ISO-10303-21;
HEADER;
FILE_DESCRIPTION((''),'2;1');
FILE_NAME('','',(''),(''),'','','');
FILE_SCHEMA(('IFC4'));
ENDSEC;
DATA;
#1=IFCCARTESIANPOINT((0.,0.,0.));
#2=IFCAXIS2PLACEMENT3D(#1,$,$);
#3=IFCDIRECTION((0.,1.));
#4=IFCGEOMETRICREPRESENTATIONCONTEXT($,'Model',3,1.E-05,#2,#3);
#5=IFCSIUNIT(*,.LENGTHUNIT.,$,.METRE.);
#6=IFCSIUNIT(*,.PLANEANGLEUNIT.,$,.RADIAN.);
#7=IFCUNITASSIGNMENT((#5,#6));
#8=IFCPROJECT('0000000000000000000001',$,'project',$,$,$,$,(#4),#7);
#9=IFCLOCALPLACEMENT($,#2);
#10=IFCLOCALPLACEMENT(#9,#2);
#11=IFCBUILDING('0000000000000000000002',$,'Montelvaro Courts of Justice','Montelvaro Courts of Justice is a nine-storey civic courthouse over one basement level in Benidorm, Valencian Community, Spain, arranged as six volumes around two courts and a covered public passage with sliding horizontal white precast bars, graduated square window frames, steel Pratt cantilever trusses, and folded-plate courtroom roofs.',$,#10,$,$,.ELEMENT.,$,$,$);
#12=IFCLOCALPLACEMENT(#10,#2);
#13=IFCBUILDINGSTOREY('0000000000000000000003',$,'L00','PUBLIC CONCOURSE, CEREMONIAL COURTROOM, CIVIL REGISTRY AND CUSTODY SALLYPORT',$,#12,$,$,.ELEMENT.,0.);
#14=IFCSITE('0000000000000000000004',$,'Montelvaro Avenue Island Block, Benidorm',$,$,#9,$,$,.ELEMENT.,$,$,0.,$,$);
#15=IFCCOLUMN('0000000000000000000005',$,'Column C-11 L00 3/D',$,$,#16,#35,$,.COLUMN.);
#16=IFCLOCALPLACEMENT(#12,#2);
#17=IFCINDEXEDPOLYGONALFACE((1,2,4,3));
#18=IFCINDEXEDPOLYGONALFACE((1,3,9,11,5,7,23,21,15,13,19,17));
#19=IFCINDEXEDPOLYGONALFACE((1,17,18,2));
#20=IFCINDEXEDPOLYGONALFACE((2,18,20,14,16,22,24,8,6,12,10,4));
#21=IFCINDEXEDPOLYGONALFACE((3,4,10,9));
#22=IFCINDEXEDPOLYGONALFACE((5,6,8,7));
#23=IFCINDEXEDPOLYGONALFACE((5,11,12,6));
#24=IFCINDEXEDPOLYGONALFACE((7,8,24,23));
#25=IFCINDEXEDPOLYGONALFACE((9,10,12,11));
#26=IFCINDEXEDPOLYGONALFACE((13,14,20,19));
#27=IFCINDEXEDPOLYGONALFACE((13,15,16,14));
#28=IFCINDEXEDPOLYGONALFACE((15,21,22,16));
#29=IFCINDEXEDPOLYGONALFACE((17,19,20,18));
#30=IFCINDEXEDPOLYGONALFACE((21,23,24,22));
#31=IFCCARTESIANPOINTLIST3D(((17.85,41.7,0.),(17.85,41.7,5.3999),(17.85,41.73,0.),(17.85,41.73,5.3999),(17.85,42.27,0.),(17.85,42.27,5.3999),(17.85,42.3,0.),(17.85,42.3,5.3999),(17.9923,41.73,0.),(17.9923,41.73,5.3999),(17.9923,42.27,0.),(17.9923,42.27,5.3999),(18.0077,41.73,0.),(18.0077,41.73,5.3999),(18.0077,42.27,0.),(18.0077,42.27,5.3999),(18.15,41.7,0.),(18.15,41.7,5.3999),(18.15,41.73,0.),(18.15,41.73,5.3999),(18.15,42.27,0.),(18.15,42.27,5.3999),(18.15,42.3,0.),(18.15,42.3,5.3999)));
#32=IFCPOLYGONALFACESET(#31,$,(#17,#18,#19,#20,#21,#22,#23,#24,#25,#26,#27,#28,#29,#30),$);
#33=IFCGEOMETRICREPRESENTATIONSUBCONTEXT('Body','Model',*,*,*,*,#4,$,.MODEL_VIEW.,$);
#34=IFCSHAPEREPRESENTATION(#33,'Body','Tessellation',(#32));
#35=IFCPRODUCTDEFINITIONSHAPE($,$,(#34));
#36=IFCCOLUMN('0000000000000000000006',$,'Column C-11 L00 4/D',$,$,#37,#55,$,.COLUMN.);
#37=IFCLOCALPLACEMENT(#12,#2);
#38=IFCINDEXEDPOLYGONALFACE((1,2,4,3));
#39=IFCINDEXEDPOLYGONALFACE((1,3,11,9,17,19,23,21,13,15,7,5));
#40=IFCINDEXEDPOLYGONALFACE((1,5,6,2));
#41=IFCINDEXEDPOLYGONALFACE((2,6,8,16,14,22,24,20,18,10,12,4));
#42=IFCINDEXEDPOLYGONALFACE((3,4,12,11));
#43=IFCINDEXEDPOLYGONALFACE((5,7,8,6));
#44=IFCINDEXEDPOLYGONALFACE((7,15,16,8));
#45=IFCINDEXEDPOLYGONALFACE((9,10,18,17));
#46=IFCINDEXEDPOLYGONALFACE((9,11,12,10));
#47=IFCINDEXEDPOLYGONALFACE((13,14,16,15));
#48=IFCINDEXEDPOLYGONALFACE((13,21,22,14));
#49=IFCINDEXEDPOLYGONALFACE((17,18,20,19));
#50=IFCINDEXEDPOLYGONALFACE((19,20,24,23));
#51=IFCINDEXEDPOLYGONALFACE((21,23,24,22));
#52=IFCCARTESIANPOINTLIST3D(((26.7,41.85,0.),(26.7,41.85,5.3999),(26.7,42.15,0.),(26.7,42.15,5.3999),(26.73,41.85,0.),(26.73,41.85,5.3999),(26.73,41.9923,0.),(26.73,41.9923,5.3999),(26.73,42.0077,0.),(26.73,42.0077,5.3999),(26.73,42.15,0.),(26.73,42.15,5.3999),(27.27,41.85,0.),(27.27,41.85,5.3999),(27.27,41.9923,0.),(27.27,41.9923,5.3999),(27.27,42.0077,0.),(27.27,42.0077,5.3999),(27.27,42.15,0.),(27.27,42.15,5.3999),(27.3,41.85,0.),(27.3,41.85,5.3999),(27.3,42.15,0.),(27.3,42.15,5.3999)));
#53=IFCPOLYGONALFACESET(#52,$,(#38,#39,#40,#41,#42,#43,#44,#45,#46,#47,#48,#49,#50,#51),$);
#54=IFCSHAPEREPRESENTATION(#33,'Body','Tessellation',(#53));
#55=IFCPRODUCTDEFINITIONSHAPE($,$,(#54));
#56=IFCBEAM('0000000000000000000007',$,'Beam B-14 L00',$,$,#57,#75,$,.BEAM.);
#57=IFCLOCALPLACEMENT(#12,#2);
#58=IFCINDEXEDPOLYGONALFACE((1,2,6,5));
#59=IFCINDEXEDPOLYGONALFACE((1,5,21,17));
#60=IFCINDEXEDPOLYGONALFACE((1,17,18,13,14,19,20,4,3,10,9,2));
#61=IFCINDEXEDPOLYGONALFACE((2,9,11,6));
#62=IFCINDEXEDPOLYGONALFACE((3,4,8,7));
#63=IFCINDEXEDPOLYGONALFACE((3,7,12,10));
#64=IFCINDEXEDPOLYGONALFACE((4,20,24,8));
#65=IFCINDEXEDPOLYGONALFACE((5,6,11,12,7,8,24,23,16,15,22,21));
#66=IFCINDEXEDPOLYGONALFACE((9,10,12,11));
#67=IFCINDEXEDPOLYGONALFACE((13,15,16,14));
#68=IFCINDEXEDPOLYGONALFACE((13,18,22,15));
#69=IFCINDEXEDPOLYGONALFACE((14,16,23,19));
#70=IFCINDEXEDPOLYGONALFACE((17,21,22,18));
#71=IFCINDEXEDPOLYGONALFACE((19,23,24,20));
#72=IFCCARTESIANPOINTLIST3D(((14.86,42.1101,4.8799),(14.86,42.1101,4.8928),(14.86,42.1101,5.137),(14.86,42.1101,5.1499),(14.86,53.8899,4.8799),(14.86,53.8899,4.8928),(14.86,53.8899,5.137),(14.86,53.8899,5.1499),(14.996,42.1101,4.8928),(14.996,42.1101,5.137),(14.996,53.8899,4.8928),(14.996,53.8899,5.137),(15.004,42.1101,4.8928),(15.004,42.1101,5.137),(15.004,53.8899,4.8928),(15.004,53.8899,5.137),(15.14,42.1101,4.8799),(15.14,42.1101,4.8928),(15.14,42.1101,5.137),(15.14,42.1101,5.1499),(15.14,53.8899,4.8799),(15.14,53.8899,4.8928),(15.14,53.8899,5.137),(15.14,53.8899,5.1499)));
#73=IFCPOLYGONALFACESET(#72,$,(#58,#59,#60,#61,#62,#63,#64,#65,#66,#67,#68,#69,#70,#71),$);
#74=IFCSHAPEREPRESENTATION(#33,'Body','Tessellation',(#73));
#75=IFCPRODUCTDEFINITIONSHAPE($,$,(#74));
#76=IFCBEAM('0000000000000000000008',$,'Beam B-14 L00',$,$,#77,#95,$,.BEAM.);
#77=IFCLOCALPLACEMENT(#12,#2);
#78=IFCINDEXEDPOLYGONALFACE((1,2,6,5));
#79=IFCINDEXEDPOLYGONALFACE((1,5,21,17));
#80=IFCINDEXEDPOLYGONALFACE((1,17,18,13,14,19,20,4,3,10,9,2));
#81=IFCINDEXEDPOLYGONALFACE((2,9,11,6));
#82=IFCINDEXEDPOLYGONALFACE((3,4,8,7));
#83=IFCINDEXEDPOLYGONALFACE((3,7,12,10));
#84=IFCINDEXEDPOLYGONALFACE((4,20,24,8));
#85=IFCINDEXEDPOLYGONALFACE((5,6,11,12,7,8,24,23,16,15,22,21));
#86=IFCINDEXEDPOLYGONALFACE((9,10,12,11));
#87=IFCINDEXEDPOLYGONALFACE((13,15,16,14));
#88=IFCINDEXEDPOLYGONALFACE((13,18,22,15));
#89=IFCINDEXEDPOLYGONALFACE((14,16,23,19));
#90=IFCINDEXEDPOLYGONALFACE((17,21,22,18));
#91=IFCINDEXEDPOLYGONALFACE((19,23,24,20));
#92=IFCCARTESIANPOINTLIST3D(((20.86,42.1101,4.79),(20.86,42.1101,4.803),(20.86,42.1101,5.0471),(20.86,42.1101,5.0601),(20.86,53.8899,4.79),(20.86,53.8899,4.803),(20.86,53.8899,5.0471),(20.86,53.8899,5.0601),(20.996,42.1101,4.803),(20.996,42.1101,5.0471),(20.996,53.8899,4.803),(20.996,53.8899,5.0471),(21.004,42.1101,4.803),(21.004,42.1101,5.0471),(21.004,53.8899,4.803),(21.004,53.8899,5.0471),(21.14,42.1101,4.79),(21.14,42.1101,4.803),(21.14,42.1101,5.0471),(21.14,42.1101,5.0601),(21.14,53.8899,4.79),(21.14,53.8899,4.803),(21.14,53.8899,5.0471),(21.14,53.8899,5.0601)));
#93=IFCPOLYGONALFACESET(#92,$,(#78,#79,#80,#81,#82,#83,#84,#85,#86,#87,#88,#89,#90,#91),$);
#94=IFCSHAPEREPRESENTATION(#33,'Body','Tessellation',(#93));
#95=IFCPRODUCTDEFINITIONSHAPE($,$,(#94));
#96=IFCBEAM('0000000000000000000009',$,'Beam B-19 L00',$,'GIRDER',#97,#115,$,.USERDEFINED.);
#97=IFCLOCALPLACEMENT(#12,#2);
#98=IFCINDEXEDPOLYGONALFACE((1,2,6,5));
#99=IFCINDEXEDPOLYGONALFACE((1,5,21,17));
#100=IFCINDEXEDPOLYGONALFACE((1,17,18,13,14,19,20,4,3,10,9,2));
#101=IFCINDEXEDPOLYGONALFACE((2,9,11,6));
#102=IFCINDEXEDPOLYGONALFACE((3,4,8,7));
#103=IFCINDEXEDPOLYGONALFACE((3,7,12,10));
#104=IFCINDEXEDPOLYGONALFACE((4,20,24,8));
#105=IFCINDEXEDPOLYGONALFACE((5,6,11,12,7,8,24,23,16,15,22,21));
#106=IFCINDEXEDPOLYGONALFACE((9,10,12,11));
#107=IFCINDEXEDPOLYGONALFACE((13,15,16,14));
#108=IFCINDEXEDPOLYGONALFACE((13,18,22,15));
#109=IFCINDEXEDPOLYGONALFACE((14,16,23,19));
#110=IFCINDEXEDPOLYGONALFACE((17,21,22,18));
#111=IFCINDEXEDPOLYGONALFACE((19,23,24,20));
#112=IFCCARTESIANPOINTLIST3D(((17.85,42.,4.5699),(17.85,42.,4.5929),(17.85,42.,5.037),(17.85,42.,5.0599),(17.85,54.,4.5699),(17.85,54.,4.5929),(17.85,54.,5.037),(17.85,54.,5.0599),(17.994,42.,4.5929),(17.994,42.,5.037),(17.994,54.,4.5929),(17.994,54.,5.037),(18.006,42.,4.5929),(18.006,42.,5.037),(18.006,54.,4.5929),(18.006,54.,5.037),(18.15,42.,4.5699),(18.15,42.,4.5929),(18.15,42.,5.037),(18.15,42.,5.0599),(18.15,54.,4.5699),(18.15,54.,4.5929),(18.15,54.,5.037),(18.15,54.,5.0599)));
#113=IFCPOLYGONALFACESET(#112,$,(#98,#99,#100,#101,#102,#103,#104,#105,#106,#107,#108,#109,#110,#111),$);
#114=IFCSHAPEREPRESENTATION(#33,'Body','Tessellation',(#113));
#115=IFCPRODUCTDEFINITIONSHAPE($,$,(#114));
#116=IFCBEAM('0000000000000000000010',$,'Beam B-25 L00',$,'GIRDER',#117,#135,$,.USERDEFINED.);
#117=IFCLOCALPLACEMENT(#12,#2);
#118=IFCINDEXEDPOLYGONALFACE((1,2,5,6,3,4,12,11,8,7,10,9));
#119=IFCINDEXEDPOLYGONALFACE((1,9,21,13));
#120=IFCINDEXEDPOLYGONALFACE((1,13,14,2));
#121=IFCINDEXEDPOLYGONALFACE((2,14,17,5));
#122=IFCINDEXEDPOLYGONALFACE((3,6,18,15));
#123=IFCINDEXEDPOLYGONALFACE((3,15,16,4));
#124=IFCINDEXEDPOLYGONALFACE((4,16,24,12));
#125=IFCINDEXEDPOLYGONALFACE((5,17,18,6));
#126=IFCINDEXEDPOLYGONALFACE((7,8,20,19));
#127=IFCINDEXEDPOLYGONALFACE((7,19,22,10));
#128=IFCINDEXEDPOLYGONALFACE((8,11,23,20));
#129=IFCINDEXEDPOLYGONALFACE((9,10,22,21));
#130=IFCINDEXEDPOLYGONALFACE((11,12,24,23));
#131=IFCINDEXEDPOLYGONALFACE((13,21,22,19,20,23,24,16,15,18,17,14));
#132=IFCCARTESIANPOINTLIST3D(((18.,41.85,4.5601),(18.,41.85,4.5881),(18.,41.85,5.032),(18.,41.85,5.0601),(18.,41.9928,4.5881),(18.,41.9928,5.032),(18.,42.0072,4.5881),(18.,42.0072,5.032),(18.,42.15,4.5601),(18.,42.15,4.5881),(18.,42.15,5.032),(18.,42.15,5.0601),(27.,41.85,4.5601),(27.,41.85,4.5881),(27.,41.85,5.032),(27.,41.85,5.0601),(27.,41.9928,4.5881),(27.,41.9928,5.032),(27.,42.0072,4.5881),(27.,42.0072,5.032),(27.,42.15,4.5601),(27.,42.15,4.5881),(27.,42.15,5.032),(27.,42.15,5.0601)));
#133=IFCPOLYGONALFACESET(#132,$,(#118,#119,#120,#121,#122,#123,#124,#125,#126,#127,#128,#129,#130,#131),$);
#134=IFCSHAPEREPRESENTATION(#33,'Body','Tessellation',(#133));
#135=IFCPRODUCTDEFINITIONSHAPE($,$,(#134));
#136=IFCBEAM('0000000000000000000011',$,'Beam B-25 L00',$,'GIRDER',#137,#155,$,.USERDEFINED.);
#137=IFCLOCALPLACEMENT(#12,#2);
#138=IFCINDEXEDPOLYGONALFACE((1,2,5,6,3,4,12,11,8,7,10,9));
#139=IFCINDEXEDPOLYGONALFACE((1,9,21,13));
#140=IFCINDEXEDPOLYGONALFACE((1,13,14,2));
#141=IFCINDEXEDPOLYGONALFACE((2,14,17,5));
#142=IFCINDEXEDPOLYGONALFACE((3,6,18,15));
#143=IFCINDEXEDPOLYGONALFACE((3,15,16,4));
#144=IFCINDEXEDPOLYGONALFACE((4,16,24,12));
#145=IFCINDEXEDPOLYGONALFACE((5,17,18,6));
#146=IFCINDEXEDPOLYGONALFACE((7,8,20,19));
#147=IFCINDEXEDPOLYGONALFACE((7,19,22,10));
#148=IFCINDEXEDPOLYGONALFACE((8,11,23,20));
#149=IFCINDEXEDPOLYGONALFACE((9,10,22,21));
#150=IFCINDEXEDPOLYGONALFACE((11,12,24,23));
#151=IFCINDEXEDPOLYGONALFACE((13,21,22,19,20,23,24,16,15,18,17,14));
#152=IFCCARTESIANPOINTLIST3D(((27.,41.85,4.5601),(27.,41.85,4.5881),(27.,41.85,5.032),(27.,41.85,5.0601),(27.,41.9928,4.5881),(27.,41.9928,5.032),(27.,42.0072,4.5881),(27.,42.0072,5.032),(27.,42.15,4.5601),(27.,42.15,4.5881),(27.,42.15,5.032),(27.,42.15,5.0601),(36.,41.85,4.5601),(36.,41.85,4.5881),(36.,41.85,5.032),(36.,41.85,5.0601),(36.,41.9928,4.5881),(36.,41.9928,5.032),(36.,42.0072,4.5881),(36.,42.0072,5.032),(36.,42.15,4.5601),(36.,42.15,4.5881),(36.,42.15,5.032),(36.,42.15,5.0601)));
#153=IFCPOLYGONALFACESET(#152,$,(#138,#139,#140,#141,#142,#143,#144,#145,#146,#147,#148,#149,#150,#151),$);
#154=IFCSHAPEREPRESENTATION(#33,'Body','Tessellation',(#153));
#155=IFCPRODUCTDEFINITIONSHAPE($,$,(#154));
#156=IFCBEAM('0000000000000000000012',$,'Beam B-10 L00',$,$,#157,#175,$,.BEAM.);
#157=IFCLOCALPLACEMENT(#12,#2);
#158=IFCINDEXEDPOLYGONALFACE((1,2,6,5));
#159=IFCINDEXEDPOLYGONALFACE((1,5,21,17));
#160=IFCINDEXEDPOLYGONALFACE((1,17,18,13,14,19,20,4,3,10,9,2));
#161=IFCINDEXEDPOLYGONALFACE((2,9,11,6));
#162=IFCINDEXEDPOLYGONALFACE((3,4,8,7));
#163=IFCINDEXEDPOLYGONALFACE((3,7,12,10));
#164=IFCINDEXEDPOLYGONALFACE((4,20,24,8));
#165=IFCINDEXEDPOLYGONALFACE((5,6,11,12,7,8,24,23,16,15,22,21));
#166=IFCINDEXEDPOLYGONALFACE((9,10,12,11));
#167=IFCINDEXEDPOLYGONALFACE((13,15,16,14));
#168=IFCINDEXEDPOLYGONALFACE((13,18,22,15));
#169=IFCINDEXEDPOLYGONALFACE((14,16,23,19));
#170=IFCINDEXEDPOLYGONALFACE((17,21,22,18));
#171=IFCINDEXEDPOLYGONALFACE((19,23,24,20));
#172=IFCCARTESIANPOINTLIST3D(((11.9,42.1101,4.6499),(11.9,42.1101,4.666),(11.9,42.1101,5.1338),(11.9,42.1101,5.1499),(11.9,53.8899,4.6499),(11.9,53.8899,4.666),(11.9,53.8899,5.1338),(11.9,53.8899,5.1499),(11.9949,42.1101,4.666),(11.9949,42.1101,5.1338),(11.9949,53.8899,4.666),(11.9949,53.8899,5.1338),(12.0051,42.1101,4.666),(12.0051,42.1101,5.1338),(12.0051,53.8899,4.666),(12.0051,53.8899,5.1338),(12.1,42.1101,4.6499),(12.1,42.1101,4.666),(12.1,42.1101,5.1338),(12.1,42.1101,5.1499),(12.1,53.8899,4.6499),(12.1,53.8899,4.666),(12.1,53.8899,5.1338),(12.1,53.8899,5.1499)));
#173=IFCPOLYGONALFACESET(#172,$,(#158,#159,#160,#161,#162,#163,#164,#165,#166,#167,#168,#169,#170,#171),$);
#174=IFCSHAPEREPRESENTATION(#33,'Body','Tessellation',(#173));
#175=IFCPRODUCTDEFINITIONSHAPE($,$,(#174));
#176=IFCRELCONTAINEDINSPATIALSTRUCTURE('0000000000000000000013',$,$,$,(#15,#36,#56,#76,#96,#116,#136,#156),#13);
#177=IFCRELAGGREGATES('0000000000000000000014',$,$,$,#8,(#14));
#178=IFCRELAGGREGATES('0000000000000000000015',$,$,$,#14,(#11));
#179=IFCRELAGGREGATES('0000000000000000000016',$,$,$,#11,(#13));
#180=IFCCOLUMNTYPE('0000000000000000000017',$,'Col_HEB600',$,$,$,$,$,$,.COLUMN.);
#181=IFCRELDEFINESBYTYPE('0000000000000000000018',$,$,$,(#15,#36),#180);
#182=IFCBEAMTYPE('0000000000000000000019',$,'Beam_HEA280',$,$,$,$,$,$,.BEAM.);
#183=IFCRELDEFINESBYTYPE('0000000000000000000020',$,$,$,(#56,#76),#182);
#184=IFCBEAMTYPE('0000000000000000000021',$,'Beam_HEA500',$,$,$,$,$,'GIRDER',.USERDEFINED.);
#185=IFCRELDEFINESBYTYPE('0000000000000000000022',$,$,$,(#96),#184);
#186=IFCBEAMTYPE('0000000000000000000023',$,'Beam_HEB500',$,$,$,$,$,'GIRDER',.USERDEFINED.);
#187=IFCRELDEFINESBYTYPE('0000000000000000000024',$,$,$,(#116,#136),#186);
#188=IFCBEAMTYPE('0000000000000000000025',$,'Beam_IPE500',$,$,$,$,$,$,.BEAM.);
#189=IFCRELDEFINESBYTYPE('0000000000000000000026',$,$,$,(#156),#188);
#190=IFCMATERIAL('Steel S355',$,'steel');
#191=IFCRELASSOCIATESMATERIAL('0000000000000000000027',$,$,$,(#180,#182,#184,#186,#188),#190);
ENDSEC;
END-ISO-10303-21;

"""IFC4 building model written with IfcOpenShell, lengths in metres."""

from ifc_helpers import new_model, si_unit, direction, frame, origin, origin_2d, place, context, subcontext, project, spatial, i_section, extrude, material, material_profile, profile_set, type_object, element, save


model = new_model("IFC4")

# Units and contexts
model_context = context("Model", 3, precision=1e-05, world=origin(), true_north=direction((0.0, 1.0)))
body_context = subcontext(model_context, "Body", "Model", "MODEL_VIEW")
ifc_project = project(units=[si_unit("LENGTHUNIT", "METRE"), si_unit("PLANEANGLEUNIT", "RADIAN")], contexts=[model_context])

# Site, building, storey
site_placement = place(None, origin())
site = spatial("IfcSite", under=ifc_project, at=site_placement, Name="Montelvaro Avenue Island Block, Benidorm", CompositionType="ELEMENT", RefElevation=0.0)
building_placement = place(site_placement, origin())
building = spatial("IfcBuilding", under=site, at=building_placement, Name="Montelvaro Courts of Justice", Description="Montelvaro Courts of Justice is a nine-storey civic courthouse over one basement level in Benidorm, Valencian Community, Spain, arranged as six volumes around two courts and a covered public passage with sliding horizontal white precast bars, graduated square window frames, steel Pratt cantilever trusses, and folded-plate courtroom roofs.", CompositionType="ELEMENT")
storey_placement = place(building_placement, origin())
storey = spatial("IfcBuildingStorey", under=building, at=storey_placement, Name="L00", Description="PUBLIC CONCOURSE, CEREMONIAL COURTROOM, CIVIL REGISTRY AND CUSTODY SALLYPORT", CompositionType="ELEMENT", Elevation=0.0)

# Columns
ifc_material_1 = material(Name="Steel S355", Category="steel")
ifc_material_profile_1 = material_profile(ifc_material_1, i_section(OverallWidth=0.3, OverallDepth=0.6001, WebThickness=0.0154, FlangeThickness=0.03, at=origin_2d()), Name="HEB 600")
ifc_profile_set_1 = profile_set([ifc_material_profile_1], Name="Steel S355")
column_type = type_object("IfcColumnType", Name="Col_HEB600", PredefinedType="COLUMN", material=ifc_profile_set_1)
for number, where, z_axis, x_axis, name in (
    (1, (18.0, 42.0, 0.0), (0.0, 0.0, 1.0), (1.0, 0.0, 0.0), "Column C-11 L00 3/D"),
    (2, (27.0, 42.0, 0.0), (0.0, 0.0, 1.0), (0.0, 1.0, 0.0), "Column C-11 L00 4/D"),
):
    element("IfcColumn", number, at=place(storey_placement, frame(where, z_axis=z_axis, x_axis=x_axis)), inside=storey, type_object=column_type, Name=name, PredefinedType="COLUMN", context=body_context, shape_type="SweptSolid", body=[
        extrude(i_section(OverallWidth=0.3, OverallDepth=0.6001, WebThickness=0.0154, FlangeThickness=0.03, at=origin_2d()), origin(), (0.0, 0.0, 1.0), 5.3999),
    ])

# Beams
ifc_material_profile_2 = material_profile(ifc_material_1, i_section(OverallWidth=0.28, OverallDepth=0.27, WebThickness=0.0081, FlangeThickness=0.0129, at=origin_2d()), Name="HEA 280")
ifc_profile_set_2 = profile_set([ifc_material_profile_2], Name="Steel S355")
beam_type_1 = type_object("IfcBeamType", Name="Beam_HEA280", PredefinedType="BEAM", material=ifc_profile_set_2)
for number, where, z_axis, x_axis, name in (
    (3, (15.0, 42.1101, 5.0149), (0.0, 1.0, 0.0), (-1.0, 0.0, 0.0), "Beam B-14 L00"),
    (4, (21.0, 42.1101, 4.925), (0.0, 1.0, 0.0), (-1.0, 0.0, 0.0), "Beam B-14 L00"),
):
    element("IfcBeam", number, at=place(storey_placement, frame(where, z_axis=z_axis, x_axis=x_axis)), inside=storey, type_object=beam_type_1, Name=name, PredefinedType="BEAM", context=body_context, shape_type="SweptSolid", body=[
        extrude(i_section(OverallWidth=0.28, OverallDepth=0.27, WebThickness=0.0081, FlangeThickness=0.0129, at=origin_2d()), origin(), (0.0, 0.0, 1.0), 11.7798),
    ])
ifc_material_profile_3 = material_profile(ifc_material_1, i_section(OverallWidth=0.3, OverallDepth=0.49, WebThickness=0.012, FlangeThickness=0.0229, at=origin_2d()), Name="HEA 500")
ifc_profile_set_3 = profile_set([ifc_material_profile_3], Name="Steel S355")
beam_type_2 = type_object("IfcBeamType", Name="Beam_HEA500", ElementType="GIRDER", PredefinedType="USERDEFINED", material=ifc_profile_set_3)
beam_1_placement = place(storey_placement, frame((18.0, 42.0, 4.8149), z_axis=(0.0, 1.0, 0.0), x_axis=(-1.0, 0.0, 0.0)))
element("IfcBeam", 5, at=beam_1_placement, inside=storey, type_object=beam_type_2, Name="Beam B-19 L00", ObjectType="GIRDER", PredefinedType="USERDEFINED", context=body_context, shape_type="SweptSolid", body=[
    extrude(i_section(OverallWidth=0.3, OverallDepth=0.49, WebThickness=0.012, FlangeThickness=0.0229, at=origin_2d()), origin(), (0.0, 0.0, 1.0), 12.0),
])
ifc_material_profile_4 = material_profile(ifc_material_1, i_section(OverallWidth=0.3, OverallDepth=0.5, WebThickness=0.0144, FlangeThickness=0.0281, at=origin_2d()), Name="HEB 500")
ifc_profile_set_4 = profile_set([ifc_material_profile_4], Name="Steel S355")
beam_type_3 = type_object("IfcBeamType", Name="Beam_HEB500", ElementType="GIRDER", PredefinedType="USERDEFINED", material=ifc_profile_set_4)
for number, where, z_axis, x_axis, name in (
    (6, (18.0, 42.0, 4.8101), (1.0, 0.0, 0.0), (0.0, 1.0, 0.0), "Beam B-25 L00"),
    (7, (27.0, 42.0, 4.8101), (1.0, 0.0, 0.0), (0.0, 1.0, 0.0), "Beam B-25 L00"),
):
    element("IfcBeam", number, at=place(storey_placement, frame(where, z_axis=z_axis, x_axis=x_axis)), inside=storey, type_object=beam_type_3, Name=name, ObjectType="GIRDER", PredefinedType="USERDEFINED", context=body_context, shape_type="SweptSolid", body=[
        extrude(i_section(OverallWidth=0.3, OverallDepth=0.5, WebThickness=0.0144, FlangeThickness=0.0281, at=origin_2d()), origin(), (0.0, 0.0, 1.0), 9.0),
    ])
ifc_material_profile_5 = material_profile(ifc_material_1, i_section(OverallWidth=0.2, OverallDepth=0.5, WebThickness=0.0103, FlangeThickness=0.0161, at=origin_2d()), Name="IPE 500")
ifc_profile_set_5 = profile_set([ifc_material_profile_5], Name="Steel S355")
beam_type_4 = type_object("IfcBeamType", Name="Beam_IPE500", PredefinedType="BEAM", material=ifc_profile_set_5)
beam_2_placement = place(storey_placement, frame((12.0, 42.1101, 4.8999), z_axis=(0.0, 1.0, 0.0), x_axis=(-1.0, 0.0, 0.0)))
element("IfcBeam", 8, at=beam_2_placement, inside=storey, type_object=beam_type_4, Name="Beam B-10 L00", PredefinedType="BEAM", context=body_context, shape_type="SweptSolid", body=[
    extrude(i_section(OverallWidth=0.2, OverallDepth=0.5, WebThickness=0.0103, FlangeThickness=0.0161, at=origin_2d()), origin(), (0.0, 0.0, 1.0), 11.7798),
])

save(model, "model.ifc")
